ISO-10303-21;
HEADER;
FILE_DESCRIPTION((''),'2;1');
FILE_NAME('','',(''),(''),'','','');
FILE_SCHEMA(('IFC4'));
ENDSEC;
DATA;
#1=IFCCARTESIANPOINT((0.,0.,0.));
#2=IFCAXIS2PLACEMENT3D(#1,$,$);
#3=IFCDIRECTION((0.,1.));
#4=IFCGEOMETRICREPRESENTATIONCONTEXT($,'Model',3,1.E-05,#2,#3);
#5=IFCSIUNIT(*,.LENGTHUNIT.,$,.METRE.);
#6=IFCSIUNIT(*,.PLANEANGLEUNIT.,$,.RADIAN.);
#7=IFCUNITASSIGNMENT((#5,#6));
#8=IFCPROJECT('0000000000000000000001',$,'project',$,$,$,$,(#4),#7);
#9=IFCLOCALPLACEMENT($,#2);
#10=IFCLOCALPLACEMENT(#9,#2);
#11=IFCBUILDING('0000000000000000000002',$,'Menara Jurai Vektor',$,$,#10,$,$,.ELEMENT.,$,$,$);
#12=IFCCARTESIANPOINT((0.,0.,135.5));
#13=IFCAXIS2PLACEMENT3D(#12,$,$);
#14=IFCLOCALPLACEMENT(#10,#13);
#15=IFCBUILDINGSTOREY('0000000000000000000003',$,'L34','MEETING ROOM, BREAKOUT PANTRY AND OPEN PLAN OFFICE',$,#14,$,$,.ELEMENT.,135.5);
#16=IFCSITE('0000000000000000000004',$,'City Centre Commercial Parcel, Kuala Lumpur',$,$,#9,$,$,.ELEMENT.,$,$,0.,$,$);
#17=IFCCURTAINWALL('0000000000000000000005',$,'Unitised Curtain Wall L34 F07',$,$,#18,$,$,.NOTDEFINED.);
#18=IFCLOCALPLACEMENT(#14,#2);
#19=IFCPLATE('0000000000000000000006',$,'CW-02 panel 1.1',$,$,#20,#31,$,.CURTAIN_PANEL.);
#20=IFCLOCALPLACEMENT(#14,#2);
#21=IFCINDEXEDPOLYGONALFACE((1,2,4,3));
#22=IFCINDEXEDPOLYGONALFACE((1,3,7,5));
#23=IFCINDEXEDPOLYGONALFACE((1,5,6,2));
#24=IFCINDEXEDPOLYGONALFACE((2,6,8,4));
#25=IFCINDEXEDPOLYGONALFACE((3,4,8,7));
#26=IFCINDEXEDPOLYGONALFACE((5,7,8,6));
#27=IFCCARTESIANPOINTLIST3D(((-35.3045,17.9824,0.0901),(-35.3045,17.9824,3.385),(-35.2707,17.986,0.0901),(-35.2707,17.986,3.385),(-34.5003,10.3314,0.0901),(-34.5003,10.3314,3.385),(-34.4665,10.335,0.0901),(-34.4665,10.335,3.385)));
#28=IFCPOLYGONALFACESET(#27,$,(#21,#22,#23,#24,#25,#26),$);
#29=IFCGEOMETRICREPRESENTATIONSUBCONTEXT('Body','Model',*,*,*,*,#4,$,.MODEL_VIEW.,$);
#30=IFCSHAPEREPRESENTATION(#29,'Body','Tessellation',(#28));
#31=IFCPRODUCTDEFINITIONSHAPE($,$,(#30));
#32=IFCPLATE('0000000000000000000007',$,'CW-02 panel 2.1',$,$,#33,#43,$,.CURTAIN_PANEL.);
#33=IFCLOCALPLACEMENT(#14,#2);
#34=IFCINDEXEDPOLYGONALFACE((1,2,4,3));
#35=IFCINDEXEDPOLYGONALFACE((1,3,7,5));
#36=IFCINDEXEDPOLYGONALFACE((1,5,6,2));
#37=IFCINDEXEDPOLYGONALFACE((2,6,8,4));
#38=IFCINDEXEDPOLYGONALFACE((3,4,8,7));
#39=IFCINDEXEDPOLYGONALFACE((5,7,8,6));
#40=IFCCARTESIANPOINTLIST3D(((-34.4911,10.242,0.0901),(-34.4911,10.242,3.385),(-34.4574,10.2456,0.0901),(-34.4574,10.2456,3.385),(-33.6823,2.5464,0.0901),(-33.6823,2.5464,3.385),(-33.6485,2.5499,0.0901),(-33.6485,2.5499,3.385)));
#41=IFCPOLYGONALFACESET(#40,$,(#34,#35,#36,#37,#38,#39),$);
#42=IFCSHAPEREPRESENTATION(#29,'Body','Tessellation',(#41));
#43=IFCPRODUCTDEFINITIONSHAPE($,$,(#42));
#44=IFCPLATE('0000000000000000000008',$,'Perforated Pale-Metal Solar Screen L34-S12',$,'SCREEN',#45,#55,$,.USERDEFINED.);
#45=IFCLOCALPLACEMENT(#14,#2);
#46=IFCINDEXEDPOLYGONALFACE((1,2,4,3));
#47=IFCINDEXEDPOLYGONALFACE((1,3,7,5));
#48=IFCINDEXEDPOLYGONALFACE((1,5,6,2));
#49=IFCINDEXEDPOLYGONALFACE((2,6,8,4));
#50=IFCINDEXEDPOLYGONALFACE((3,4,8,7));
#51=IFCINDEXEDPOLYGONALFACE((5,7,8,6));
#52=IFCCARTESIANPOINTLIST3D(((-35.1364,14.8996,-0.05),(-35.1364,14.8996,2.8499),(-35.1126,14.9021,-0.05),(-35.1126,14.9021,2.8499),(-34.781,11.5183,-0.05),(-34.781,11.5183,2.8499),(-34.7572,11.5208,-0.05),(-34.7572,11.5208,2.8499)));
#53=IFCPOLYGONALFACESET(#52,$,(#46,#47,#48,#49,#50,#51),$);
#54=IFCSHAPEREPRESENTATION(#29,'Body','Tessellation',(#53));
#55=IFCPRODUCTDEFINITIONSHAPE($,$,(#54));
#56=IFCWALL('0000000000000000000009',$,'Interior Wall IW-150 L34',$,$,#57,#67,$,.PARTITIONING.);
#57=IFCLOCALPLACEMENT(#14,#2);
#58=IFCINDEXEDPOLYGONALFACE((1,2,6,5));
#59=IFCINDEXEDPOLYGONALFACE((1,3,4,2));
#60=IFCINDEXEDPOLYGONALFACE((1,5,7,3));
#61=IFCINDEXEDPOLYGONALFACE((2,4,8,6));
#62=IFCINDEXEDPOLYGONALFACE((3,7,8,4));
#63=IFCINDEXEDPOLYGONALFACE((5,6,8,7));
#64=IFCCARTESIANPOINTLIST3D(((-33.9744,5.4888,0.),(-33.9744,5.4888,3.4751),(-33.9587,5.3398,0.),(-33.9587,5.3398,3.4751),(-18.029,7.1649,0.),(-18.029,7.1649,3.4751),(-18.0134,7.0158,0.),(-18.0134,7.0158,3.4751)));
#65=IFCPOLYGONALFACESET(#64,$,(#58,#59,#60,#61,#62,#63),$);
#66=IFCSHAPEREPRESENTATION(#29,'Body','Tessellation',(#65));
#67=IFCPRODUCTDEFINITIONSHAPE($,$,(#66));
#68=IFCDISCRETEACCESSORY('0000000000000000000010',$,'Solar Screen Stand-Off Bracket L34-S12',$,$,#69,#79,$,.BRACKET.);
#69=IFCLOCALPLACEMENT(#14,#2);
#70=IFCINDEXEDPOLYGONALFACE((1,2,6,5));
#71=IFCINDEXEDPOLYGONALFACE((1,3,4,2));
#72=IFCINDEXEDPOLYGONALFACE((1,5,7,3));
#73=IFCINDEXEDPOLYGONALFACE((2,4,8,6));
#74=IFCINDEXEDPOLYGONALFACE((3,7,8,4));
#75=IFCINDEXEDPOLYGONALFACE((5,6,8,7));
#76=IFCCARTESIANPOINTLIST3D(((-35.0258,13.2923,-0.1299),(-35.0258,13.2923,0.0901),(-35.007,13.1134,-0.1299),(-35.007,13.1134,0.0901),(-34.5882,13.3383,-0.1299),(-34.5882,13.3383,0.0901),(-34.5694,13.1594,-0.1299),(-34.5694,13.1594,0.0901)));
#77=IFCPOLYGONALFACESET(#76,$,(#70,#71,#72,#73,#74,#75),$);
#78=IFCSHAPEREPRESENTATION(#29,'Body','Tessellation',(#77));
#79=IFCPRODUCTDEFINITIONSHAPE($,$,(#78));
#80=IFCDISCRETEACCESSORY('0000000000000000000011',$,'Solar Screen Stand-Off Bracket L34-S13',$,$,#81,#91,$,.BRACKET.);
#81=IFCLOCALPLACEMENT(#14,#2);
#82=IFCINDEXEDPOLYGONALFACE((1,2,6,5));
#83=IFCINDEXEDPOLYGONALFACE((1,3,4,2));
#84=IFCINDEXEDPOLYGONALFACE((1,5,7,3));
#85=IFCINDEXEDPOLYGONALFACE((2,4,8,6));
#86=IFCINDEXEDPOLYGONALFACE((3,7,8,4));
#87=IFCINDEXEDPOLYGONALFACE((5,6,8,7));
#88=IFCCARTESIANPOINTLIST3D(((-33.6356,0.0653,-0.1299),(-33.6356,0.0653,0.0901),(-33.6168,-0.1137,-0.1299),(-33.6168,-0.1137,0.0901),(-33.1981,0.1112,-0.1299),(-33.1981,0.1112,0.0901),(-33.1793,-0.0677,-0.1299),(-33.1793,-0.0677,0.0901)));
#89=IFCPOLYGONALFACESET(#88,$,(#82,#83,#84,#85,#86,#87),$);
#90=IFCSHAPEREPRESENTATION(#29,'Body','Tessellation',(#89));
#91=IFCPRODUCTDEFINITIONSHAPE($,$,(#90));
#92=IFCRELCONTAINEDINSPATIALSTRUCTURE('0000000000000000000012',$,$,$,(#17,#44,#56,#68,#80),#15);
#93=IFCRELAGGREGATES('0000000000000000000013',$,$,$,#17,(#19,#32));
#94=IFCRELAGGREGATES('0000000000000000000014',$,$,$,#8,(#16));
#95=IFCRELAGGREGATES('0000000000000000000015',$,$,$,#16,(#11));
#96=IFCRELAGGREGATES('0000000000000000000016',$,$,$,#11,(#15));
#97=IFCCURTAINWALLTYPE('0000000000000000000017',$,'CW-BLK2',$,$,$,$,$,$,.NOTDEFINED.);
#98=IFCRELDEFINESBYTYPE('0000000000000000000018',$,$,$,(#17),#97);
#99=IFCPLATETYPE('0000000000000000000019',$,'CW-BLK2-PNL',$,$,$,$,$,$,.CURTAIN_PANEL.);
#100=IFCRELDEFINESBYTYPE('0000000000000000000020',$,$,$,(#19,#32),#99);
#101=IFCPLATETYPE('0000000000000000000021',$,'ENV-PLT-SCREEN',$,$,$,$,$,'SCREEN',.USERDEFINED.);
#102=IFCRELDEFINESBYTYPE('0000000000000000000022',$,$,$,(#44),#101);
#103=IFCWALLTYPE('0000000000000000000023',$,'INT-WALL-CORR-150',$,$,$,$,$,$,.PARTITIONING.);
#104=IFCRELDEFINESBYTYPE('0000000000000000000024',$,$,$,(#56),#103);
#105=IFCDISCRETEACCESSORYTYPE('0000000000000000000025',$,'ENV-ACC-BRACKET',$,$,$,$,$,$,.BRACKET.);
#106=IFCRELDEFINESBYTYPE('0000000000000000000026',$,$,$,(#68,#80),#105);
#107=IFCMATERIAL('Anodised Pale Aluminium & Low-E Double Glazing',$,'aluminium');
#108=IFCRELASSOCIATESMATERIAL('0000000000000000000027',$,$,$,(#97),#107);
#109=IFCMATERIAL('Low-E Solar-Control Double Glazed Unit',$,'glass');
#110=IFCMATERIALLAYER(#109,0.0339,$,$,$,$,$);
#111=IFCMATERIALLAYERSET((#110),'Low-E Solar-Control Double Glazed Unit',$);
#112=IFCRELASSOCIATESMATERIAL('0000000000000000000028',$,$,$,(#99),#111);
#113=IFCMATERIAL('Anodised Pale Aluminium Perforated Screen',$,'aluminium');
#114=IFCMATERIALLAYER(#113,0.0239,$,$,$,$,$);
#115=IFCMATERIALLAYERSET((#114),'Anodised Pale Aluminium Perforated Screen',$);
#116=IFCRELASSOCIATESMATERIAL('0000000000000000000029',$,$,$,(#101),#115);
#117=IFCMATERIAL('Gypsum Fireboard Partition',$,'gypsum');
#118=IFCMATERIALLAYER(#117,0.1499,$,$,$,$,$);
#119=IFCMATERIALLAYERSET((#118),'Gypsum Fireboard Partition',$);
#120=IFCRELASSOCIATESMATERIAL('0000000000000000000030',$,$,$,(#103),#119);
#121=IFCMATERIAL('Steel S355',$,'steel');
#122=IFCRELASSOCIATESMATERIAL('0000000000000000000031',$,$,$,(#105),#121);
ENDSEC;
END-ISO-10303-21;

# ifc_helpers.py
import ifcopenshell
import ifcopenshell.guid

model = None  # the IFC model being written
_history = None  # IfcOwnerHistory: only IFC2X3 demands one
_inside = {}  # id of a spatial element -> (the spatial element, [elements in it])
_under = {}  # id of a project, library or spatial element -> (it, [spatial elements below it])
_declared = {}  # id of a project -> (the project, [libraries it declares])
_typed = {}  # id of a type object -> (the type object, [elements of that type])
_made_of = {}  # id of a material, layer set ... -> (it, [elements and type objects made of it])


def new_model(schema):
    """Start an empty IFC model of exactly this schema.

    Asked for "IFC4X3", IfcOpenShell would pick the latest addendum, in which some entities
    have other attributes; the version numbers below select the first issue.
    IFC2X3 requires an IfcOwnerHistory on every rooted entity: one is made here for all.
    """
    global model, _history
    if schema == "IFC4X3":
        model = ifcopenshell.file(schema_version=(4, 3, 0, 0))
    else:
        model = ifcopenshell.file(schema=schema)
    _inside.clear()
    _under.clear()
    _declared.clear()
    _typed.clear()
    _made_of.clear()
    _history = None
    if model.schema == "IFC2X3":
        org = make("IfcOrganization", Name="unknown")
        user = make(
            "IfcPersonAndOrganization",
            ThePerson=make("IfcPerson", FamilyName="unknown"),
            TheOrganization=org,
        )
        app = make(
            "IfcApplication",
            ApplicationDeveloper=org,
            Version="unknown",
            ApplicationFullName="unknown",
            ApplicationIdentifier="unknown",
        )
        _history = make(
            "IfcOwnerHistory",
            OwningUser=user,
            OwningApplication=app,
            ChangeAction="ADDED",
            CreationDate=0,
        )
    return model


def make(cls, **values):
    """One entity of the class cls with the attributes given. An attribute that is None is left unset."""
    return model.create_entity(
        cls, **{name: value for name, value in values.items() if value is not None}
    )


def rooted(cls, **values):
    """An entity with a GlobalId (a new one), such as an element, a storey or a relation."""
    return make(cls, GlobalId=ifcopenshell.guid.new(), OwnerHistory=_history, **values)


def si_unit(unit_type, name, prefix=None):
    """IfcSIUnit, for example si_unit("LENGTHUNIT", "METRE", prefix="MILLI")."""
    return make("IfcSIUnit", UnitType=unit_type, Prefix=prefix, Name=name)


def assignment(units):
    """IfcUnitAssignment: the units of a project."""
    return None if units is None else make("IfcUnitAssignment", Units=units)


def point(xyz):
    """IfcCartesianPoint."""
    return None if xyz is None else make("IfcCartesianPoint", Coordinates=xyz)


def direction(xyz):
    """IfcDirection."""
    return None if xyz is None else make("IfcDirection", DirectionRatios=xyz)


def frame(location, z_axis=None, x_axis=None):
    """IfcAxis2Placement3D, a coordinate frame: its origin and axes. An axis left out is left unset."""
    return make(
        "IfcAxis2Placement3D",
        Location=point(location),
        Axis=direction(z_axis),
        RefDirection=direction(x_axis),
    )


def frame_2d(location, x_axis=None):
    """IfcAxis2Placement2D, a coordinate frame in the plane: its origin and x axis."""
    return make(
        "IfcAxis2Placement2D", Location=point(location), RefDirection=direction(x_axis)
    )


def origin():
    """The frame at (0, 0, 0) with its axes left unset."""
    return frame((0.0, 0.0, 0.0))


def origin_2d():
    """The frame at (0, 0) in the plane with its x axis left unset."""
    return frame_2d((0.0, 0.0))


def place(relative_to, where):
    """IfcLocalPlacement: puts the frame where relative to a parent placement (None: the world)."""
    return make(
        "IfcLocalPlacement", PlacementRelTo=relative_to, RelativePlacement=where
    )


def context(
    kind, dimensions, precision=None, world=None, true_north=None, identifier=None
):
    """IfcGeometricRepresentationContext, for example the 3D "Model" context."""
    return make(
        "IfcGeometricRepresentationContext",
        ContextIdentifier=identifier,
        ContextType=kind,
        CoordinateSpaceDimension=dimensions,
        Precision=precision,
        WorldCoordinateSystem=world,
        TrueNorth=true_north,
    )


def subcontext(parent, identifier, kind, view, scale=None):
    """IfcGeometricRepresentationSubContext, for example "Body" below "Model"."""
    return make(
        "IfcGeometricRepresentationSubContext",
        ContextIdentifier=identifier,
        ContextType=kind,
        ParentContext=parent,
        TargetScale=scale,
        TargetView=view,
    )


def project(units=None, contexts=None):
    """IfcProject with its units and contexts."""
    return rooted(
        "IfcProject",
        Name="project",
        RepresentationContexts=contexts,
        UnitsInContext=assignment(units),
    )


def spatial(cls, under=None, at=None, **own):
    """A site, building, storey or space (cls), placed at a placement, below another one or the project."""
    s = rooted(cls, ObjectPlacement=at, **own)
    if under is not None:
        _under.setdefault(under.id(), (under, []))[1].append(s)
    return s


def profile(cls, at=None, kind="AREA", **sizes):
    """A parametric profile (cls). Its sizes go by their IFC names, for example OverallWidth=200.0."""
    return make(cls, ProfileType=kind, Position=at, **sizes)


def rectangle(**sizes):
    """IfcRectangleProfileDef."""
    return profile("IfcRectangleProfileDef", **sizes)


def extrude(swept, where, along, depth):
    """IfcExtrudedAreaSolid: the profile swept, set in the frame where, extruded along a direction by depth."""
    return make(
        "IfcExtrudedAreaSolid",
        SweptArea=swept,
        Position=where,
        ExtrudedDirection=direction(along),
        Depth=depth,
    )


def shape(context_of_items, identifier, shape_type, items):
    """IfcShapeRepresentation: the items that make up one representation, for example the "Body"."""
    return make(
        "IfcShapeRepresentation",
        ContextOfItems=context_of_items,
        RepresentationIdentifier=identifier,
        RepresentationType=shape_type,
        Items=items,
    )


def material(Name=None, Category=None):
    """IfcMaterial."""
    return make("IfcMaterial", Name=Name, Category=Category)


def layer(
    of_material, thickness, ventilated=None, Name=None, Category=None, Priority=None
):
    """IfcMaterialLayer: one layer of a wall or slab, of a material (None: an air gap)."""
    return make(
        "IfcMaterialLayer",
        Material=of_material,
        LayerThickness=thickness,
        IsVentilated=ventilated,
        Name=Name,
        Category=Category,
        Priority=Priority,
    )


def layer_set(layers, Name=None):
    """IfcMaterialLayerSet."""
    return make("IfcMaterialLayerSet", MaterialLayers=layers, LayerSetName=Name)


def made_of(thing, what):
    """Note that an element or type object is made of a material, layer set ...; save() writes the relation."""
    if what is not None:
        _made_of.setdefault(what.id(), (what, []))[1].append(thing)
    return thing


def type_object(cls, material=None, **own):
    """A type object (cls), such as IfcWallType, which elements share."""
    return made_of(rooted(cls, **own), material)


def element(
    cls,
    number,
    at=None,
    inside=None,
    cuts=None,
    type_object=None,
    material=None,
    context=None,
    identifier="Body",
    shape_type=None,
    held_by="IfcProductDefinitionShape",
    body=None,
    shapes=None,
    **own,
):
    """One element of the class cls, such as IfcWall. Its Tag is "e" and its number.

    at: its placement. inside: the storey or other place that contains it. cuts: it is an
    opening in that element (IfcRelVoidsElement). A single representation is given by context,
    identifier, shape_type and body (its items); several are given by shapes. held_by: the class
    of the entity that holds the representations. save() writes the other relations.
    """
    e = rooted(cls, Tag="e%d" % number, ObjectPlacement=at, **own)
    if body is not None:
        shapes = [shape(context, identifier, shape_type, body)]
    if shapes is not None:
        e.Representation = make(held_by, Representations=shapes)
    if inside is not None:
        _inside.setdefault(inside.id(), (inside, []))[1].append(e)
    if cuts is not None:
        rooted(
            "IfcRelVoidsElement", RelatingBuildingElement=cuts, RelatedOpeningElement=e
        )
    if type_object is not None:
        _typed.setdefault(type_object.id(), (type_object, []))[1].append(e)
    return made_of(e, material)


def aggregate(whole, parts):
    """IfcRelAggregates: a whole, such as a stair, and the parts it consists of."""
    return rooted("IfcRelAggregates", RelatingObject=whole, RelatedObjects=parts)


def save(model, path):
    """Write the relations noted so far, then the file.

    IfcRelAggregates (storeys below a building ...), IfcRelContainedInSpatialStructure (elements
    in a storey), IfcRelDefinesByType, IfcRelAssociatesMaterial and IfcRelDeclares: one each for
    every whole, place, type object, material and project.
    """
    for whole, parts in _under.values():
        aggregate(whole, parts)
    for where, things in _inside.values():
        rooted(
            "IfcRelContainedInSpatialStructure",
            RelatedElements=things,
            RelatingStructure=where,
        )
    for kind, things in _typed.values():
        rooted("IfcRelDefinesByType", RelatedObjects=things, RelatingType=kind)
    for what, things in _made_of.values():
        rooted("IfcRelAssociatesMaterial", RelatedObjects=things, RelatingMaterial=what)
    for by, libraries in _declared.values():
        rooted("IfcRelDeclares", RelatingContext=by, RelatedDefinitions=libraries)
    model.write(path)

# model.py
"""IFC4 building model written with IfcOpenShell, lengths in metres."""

from ifc_helpers import new_model, si_unit, direction, frame, frame_2d, origin, origin_2d, place, context, subcontext, project, spatial, rectangle, extrude, material, layer, layer_set, type_object, element, aggregate, save


model = new_model("IFC4")

# Units and contexts
model_context = context("Model", 3, precision=1e-05, world=origin(), true_north=direction((0.0, 1.0)))
body_context = subcontext(model_context, "Body", "Model", "MODEL_VIEW")
ifc_project = project(units=[si_unit("LENGTHUNIT", "METRE"), si_unit("PLANEANGLEUNIT", "RADIAN")], contexts=[model_context])

# Site, building, storey
site_placement = place(None, origin())
site = spatial("IfcSite", under=ifc_project, at=site_placement, Name="City Centre Commercial Parcel, Kuala Lumpur", CompositionType="ELEMENT", RefElevation=0.0)
building_placement = place(site_placement, origin())
building = spatial("IfcBuilding", under=site, at=building_placement, Name="Menara Jurai Vektor", CompositionType="ELEMENT")
storey_placement = place(building_placement, frame((0.0, 0.0, 135.5)))
storey = spatial("IfcBuildingStorey", under=building, at=storey_placement, Name="L34", Description="MEETING ROOM, BREAKOUT PANTRY AND OPEN PLAN OFFICE", CompositionType="ELEMENT", Elevation=135.5)

# Curtain wall
ifc_material_1 = material(Name="Anodised Pale Aluminium & Low-E Double Glazing", Category="aluminium")
curtain_wall_type = type_object("IfcCurtainWallType", Name="CW-BLK2", PredefinedType="NOTDEFINED", material=ifc_material_1)
curtain_wall_placement = place(storey_placement, origin())
curtain_wall = element("IfcCurtainWall", 1, at=curtain_wall_placement, inside=storey, type_object=curtain_wall_type, Name="Unitised Curtain Wall L34 F07", PredefinedType="NOTDEFINED")

# Shared definitions
ifc_material_2 = material(Name="Steel S355", Category="steel")

# Plates
ifc_material_3 = material(Name="Low-E Solar-Control Double Glazed Unit", Category="glass")
ifc_layer_1 = layer(ifc_material_3, 0.0339)
ifc_layer_set_1 = layer_set([ifc_layer_1], Name="Low-E Solar-Control Double Glazed Unit")
plate_type_1 = type_object("IfcPlateType", Name="CW-BLK2-PNL", PredefinedType="CURTAIN_PANEL", material=ifc_layer_set_1)
plate_1_placement = place(storey_placement, frame((-34.8855, 14.1587, 0.0901), z_axis=(0.0, 0.0, 1.0), x_axis=(0.10453, -0.994522, 0.0)))
plate_1 = element("IfcPlate", 2, at=plate_1_placement, type_object=plate_type_1, Name="CW-02 panel 1.1", PredefinedType="CURTAIN_PANEL", context=body_context, shape_type="SweptSolid", body=[
    extrude(rectangle(XDim=7.6931, YDim=0.0339, at=origin_2d()), origin(), (0.0, 0.0, 1.0), 3.2949),
])
plate_2_placement = place(storey_placement, frame((-34.0698, 6.396, 0.0901), z_axis=(0.0, 0.0, 1.0), x_axis=(0.10453, -0.994522, 0.0)))
plate_2 = element("IfcPlate", 3, at=plate_2_placement, type_object=plate_type_1, Name="CW-02 panel 2.1", PredefinedType="CURTAIN_PANEL", context=body_context, shape_type="SweptSolid", body=[
    extrude(rectangle(XDim=7.738, YDim=0.0339, at=origin_2d()), origin(), (0.0, 0.0, 1.0), 3.2949),
])
aggregate(curtain_wall, [plate_1, plate_2])
ifc_material_4 = material(Name="Anodised Pale Aluminium Perforated Screen", Category="aluminium")
ifc_layer_2 = layer(ifc_material_4, 0.0239)
ifc_layer_set_2 = layer_set([ifc_layer_2], Name="Anodised Pale Aluminium Perforated Screen")
plate_type_2 = type_object("IfcPlateType", Name="ENV-PLT-SCREEN", ElementType="SCREEN", PredefinedType="USERDEFINED", material=ifc_layer_set_2)
plate_3_placement = place(storey_placement, frame((-34.9468, 13.2102, -0.05), z_axis=(0.0, 0.0, 1.0), x_axis=(0.104528, -0.994522, 0.0)))
element("IfcPlate", 4, at=plate_3_placement, inside=storey, type_object=plate_type_2, Name="Perforated Pale-Metal Solar Screen L34-S12", ObjectType="SCREEN", PredefinedType="USERDEFINED", context=body_context, shape_type="SweptSolid", body=[
    extrude(rectangle(XDim=3.3999, YDim=0.0239, at=origin_2d()), origin(), (0.0, 0.0, 1.0), 2.8999),
])

# Wall
ifc_material_5 = material(Name="Gypsum Fireboard Partition", Category="gypsum")
ifc_layer_3 = layer(ifc_material_5, 0.1499)
ifc_layer_set_3 = layer_set([ifc_layer_3], Name="Gypsum Fireboard Partition")
wall_type = type_object("IfcWallType", Name="INT-WALL-CORR-150", PredefinedType="PARTITIONING", material=ifc_layer_set_3)
wall_placement = place(storey_placement, frame((-33.9666, 5.4143, 0.0), z_axis=(0.0, 0.0, 1.0), x_axis=(0.994521, 0.104535, 0.0)))
element("IfcWall", 5, at=wall_placement, inside=storey, type_object=wall_type, Name="Interior Wall IW-150 L34", PredefinedType="PARTITIONING", context=body_context, shape_type="SweptSolid", body=[
    extrude(rectangle(XDim=16.0332, YDim=0.1499, at=frame_2d((8.0166, 0.0))), origin(), (0.0, 0.0, 1.0), 3.4751),
])

# Discrete accessories
discrete_accessory_type = type_object("IfcDiscreteAccessoryType", Name="ENV-ACC-BRACKET", PredefinedType="BRACKET", material=ifc_material_2)
for number, where, z_axis, x_axis, name in (
    (6, (-34.7976, 13.2258, -0.1299), (0.0, 0.0, 1.0), (0.104528, -0.994522, 0.0), "Solar Screen Stand-Off Bracket L34-S12"),
    (7, (-33.4075, -0.0012, -0.1299), (0.0, 0.0, 1.0), (0.104528, -0.994522, 0.0), "Solar Screen Stand-Off Bracket L34-S13"),
):
    element("IfcDiscreteAccessory", number, at=place(storey_placement, frame(where, z_axis=z_axis, x_axis=x_axis)), inside=storey, type_object=discrete_accessory_type, Name=name, PredefinedType="BRACKET", context=body_context, shape_type="SweptSolid", body=[
        extrude(rectangle(XDim=0.1799, YDim=0.4399, at=origin_2d()), origin(), (0.0, 0.0, 1.0), 0.22),
    ])

save(model, "model.ifc")
